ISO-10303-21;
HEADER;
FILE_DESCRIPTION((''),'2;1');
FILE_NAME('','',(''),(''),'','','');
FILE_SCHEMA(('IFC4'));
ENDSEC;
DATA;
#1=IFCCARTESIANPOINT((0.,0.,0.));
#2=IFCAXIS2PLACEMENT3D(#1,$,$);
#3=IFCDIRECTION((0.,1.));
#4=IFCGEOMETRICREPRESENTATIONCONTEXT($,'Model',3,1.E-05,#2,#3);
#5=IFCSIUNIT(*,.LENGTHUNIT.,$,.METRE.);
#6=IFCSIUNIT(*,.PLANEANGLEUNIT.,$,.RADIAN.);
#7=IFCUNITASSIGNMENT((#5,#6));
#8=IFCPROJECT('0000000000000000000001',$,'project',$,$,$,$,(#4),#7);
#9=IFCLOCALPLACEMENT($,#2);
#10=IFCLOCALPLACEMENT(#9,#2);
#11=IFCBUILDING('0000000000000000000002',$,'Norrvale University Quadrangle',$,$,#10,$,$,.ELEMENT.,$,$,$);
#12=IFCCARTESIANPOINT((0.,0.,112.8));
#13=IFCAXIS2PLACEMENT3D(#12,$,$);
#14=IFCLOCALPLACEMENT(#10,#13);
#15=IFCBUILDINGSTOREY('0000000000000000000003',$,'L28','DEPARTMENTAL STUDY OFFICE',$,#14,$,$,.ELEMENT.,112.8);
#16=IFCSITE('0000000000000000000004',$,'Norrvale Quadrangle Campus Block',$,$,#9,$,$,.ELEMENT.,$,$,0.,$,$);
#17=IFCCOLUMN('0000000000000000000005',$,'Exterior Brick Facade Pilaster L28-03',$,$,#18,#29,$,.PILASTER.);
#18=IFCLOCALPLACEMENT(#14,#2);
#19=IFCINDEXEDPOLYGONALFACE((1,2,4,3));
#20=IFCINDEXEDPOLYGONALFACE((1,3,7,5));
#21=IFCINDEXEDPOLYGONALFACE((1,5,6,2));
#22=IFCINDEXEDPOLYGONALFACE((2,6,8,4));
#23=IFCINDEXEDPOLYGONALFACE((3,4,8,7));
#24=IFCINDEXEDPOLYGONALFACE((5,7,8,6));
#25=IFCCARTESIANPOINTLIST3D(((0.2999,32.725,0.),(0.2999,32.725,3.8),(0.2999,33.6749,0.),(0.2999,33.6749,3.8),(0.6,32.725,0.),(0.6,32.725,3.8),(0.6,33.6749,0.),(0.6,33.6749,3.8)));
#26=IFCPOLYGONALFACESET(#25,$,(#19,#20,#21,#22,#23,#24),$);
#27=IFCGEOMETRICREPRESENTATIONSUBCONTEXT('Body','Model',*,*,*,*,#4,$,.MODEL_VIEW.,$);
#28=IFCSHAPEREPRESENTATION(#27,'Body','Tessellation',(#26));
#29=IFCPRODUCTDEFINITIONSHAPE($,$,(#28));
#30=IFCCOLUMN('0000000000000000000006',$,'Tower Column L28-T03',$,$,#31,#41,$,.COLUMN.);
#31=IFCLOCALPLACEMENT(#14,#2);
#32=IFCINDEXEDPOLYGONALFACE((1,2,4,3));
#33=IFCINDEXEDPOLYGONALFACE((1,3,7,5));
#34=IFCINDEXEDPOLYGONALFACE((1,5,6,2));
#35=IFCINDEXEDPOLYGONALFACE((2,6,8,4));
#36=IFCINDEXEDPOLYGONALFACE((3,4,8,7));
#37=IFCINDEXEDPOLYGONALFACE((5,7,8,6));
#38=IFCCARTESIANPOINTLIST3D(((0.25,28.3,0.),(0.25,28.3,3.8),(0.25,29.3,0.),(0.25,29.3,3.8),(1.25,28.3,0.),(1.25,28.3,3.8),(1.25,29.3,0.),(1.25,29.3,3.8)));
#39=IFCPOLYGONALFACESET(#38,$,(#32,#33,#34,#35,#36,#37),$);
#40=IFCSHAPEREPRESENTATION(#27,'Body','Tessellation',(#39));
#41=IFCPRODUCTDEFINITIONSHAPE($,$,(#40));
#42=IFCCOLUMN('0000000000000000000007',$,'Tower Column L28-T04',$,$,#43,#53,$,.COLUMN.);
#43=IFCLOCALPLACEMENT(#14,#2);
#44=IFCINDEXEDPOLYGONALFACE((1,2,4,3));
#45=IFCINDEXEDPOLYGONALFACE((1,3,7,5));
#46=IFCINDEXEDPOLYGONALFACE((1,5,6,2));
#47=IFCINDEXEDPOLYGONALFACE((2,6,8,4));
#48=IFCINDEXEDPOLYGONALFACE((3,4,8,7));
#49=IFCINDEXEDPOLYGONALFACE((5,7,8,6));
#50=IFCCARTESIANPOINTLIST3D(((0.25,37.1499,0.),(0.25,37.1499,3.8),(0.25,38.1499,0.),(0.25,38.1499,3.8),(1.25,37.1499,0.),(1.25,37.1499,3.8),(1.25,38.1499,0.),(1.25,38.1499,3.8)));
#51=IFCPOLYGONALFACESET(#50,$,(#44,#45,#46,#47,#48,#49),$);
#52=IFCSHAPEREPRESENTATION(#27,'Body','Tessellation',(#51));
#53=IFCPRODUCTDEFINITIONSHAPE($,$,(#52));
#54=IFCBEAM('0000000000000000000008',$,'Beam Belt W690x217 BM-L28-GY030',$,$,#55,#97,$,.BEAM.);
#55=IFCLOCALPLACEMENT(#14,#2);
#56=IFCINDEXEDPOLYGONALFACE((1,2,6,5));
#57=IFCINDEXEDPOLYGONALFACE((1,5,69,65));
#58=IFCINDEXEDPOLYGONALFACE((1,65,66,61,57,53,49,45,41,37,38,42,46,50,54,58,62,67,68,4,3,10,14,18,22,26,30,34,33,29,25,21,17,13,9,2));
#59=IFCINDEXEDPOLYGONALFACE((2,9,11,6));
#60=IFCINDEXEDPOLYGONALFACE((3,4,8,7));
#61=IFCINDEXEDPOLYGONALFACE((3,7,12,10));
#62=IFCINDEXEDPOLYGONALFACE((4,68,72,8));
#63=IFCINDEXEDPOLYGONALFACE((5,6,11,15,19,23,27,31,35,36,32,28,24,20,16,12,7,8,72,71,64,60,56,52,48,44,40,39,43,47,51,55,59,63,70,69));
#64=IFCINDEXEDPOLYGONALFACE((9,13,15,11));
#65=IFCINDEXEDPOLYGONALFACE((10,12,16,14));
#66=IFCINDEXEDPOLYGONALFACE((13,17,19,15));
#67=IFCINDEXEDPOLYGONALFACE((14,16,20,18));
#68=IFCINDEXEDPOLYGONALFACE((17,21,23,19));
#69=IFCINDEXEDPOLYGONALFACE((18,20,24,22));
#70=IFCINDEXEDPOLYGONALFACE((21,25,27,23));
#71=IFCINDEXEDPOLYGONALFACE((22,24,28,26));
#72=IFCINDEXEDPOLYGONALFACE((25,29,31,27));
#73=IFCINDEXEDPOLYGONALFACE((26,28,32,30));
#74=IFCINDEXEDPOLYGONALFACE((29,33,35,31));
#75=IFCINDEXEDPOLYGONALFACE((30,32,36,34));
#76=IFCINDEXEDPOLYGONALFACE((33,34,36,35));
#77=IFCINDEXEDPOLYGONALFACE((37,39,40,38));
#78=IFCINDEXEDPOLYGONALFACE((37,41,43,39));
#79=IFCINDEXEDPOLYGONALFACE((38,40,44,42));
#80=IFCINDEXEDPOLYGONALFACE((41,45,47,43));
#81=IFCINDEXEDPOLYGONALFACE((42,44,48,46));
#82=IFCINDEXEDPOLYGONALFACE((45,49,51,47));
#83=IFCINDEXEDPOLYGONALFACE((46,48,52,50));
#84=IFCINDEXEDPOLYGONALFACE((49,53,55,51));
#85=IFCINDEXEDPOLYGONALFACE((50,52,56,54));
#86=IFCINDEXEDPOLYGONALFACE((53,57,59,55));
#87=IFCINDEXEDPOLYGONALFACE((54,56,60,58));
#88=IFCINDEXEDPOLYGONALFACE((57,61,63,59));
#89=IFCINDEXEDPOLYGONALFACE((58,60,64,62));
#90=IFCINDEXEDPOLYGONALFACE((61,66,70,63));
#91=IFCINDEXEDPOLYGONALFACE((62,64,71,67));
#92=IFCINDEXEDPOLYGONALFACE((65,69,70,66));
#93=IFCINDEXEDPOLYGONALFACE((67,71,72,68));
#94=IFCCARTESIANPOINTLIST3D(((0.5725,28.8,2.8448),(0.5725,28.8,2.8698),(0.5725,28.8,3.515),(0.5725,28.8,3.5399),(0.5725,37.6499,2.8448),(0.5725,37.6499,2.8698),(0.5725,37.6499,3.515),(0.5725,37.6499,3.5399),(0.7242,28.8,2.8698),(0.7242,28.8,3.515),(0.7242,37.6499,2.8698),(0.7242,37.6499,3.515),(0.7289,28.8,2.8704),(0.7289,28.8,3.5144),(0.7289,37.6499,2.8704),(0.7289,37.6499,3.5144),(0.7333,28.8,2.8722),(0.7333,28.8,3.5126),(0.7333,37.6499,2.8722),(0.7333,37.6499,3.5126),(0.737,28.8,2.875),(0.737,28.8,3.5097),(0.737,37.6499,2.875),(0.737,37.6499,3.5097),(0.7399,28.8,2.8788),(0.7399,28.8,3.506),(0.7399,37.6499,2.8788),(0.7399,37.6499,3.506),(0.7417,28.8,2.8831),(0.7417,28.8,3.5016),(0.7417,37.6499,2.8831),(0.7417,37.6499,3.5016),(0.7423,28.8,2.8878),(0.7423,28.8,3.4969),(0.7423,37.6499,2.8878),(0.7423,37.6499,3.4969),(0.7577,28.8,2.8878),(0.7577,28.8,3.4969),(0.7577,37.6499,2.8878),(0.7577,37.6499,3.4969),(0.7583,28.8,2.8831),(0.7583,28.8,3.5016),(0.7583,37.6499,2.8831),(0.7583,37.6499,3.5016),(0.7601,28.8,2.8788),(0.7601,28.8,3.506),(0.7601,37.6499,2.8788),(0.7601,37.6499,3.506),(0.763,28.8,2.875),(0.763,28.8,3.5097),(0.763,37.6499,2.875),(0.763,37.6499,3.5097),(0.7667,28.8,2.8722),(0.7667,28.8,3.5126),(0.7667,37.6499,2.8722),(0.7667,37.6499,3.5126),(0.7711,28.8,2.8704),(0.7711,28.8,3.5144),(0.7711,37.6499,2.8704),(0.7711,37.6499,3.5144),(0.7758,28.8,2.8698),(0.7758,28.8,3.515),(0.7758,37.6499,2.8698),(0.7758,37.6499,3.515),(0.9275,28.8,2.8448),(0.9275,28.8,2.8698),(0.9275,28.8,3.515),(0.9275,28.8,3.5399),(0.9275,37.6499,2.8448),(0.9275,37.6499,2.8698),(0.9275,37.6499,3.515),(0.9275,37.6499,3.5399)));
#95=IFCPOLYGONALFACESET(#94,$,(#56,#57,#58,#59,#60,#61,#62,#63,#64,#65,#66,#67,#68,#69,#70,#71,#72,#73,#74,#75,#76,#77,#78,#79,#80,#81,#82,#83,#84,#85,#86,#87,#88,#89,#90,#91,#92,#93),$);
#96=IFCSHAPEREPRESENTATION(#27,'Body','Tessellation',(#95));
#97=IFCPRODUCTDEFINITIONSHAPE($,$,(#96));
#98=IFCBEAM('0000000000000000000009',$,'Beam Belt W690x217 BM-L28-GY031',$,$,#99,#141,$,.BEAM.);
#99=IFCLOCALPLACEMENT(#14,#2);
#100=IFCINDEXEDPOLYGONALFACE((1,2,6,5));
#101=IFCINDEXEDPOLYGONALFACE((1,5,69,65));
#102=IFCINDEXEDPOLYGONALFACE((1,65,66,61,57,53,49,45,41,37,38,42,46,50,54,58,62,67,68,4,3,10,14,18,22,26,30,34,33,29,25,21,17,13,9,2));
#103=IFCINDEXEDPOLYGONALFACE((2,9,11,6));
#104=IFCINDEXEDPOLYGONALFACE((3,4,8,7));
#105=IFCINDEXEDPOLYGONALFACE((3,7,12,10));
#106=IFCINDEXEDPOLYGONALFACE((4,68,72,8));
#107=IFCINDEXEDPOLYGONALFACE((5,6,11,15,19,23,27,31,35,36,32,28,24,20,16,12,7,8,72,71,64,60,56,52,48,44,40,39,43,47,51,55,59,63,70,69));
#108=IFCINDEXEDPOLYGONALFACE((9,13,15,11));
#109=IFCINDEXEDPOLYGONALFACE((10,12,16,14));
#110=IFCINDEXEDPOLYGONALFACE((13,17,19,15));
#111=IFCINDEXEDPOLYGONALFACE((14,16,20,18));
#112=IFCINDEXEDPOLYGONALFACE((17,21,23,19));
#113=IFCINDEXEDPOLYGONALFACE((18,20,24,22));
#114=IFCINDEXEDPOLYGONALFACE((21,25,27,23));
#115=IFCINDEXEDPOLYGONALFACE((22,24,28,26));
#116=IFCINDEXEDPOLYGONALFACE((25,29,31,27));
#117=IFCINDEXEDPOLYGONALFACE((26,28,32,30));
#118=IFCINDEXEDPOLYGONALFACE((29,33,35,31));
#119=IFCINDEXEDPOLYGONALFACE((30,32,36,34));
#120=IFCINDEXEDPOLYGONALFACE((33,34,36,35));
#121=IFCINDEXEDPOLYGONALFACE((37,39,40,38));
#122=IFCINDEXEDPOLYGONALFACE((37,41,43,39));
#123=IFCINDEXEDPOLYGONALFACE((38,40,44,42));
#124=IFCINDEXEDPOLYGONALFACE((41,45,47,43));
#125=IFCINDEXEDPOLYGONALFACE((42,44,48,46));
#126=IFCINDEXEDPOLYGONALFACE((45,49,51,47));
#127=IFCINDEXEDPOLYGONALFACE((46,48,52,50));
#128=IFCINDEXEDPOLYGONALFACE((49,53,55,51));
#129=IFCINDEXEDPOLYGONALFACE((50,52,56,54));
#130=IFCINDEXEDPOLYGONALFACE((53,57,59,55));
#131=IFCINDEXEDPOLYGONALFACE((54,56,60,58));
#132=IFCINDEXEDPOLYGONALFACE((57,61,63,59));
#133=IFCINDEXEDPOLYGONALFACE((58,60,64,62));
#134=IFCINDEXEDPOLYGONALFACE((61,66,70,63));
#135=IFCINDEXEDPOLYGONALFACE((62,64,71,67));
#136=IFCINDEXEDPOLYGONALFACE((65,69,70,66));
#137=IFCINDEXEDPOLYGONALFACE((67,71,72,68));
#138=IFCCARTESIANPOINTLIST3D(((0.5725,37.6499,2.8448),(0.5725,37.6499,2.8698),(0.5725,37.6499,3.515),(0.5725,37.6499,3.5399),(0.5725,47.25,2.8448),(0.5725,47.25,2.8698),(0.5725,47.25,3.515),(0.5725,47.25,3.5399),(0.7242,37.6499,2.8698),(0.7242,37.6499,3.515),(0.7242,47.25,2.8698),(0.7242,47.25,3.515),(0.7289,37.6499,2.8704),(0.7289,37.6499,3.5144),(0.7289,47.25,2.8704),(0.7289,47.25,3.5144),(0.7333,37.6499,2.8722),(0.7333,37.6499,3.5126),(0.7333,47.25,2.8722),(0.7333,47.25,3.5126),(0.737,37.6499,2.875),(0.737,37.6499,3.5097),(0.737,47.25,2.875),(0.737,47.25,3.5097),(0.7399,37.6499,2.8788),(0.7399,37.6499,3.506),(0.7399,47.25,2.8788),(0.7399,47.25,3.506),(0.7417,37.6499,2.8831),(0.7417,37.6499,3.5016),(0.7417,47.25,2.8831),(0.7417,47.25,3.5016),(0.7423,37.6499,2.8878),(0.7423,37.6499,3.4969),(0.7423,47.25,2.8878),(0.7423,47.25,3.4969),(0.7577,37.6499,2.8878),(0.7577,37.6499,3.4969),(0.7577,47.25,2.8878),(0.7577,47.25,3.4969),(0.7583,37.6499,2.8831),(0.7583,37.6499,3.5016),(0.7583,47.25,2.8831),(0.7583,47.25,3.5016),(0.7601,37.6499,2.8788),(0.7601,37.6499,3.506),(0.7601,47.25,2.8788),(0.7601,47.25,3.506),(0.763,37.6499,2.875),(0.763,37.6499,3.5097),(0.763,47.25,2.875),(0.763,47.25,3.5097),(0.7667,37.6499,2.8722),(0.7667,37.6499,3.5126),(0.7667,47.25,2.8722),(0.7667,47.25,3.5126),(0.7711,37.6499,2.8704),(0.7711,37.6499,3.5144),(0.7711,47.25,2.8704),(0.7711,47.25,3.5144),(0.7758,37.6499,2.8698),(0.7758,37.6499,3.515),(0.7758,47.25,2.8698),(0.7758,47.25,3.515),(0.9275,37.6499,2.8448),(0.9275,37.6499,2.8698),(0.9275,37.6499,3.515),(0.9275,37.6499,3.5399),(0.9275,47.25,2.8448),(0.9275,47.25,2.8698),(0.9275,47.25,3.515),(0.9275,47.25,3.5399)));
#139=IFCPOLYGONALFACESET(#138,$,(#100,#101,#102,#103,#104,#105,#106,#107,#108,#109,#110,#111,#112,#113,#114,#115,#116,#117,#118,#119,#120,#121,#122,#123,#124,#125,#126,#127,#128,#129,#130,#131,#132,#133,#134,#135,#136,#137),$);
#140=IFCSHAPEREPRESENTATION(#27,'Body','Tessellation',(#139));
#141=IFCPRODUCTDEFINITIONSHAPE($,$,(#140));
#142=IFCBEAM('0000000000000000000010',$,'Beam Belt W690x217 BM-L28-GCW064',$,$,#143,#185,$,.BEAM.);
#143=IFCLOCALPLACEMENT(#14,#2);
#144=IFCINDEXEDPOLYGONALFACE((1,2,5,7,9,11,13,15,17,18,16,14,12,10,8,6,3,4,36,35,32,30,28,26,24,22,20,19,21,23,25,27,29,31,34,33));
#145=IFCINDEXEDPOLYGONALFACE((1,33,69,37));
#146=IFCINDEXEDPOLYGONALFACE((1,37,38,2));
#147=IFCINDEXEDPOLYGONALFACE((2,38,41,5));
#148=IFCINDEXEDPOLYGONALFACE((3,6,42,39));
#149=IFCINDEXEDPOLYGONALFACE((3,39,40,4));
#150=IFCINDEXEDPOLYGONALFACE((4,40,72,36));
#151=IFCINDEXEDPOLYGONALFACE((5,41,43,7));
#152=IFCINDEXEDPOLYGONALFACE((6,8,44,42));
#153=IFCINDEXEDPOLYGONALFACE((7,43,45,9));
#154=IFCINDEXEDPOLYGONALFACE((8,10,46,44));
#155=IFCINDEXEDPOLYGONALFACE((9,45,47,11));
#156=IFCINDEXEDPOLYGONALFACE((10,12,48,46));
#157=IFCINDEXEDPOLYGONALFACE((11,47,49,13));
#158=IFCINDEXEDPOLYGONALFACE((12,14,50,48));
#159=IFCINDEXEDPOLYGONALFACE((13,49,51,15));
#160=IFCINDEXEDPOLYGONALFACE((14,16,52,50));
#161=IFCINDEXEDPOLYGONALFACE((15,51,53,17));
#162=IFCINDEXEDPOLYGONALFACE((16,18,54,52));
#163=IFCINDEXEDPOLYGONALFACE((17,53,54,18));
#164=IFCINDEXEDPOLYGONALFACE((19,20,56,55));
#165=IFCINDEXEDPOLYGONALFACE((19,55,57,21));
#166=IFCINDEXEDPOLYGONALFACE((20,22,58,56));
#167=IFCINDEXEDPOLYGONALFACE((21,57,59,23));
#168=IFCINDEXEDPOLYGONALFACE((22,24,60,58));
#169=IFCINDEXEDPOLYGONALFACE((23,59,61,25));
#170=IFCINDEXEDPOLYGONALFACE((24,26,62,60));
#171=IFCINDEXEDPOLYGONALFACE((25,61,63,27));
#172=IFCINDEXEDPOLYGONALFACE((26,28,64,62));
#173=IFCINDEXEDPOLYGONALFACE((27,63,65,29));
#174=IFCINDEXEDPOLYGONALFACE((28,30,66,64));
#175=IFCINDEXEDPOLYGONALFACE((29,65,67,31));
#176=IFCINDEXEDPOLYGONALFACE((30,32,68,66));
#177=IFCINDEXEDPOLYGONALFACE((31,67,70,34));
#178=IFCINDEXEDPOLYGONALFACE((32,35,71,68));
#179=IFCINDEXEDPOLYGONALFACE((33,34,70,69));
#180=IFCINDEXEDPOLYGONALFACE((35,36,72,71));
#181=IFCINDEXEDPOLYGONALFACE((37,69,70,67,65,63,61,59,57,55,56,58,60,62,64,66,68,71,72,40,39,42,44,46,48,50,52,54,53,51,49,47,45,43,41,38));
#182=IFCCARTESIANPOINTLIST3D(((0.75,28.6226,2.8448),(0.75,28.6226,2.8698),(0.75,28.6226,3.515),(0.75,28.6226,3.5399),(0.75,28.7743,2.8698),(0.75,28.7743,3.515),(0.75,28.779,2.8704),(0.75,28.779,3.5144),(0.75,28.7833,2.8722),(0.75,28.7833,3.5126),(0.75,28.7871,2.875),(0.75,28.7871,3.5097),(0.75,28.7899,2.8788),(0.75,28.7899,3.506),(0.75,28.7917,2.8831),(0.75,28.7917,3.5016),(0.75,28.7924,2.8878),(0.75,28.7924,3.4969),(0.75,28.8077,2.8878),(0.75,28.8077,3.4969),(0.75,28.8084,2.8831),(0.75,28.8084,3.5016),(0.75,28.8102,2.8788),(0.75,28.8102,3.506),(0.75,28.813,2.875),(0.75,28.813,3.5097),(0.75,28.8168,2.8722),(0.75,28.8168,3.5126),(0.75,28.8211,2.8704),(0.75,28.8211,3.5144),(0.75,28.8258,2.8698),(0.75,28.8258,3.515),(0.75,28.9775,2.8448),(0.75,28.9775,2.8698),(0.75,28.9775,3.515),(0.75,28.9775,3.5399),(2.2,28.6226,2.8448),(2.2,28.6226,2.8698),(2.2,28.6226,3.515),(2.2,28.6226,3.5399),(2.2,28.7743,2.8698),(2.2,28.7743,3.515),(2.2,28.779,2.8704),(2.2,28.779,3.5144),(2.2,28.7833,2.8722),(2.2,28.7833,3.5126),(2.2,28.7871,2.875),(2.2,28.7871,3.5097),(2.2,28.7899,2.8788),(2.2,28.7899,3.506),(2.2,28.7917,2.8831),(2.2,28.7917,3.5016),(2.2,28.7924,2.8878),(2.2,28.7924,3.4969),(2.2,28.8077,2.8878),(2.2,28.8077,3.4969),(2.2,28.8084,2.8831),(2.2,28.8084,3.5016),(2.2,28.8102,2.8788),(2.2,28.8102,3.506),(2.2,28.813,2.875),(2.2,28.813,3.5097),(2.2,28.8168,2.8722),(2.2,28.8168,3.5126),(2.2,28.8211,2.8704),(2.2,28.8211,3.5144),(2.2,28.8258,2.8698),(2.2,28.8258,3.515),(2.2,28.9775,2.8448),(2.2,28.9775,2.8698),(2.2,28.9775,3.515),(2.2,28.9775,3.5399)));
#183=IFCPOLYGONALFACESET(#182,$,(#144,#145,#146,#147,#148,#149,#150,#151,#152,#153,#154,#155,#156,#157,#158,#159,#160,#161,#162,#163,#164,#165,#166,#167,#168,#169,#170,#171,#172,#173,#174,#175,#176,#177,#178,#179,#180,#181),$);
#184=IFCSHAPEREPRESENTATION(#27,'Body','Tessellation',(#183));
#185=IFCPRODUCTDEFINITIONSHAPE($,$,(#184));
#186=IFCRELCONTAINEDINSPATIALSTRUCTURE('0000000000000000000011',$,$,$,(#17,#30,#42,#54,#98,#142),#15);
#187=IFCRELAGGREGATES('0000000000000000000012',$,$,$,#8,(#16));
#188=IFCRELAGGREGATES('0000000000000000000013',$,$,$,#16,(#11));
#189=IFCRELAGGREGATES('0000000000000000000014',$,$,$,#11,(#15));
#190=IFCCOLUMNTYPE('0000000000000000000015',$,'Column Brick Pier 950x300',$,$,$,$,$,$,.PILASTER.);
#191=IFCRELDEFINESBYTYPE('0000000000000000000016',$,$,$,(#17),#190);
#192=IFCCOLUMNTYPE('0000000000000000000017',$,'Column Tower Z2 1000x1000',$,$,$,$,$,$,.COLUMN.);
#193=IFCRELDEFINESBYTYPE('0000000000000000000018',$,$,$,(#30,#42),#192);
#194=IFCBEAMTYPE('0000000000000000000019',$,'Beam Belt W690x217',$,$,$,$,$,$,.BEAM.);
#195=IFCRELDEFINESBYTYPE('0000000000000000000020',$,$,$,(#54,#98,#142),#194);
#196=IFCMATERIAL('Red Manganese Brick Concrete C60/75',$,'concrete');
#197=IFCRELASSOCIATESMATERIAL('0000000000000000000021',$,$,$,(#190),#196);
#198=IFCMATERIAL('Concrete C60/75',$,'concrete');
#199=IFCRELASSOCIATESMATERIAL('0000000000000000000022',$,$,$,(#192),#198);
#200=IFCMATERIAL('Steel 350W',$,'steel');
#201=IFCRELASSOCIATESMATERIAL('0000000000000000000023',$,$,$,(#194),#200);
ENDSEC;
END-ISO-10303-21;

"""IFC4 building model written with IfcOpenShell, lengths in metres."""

from ifc_helpers import new_model, si_unit, direction, frame, origin, origin_2d, place, context, subcontext, project, spatial, rectangle, i_section, extrude, material, material_profile, profile_set, type_object, element, save


model = new_model("IFC4")

# Units and contexts
model_context = context("Model", 3, precision=1e-05, world=origin(), true_north=direction((0.0, 1.0)))
body_context = subcontext(model_context, "Body", "Model", "MODEL_VIEW")
ifc_project = project(units=[si_unit("LENGTHUNIT", "METRE"), si_unit("PLANEANGLEUNIT", "RADIAN")], contexts=[model_context])

# Site, building, storey
site_placement = place(None, origin())
site = spatial("IfcSite", under=ifc_project, at=site_placement, Name="Norrvale Quadrangle Campus Block", CompositionType="ELEMENT", RefElevation=0.0)
building_placement = place(site_placement, origin())
building = spatial("IfcBuilding", under=site, at=building_placement, Name="Norrvale University Quadrangle", CompositionType="ELEMENT")
storey_placement = place(building_placement, frame((0.0, 0.0, 112.8)))
storey = spatial("IfcBuildingStorey", under=building, at=storey_placement, Name="L28", Description="DEPARTMENTAL STUDY OFFICE", CompositionType="ELEMENT", Elevation=112.8)

# Columns
ifc_material_1 = material(Name="Red Manganese Brick Concrete C60/75", Category="concrete")
ifc_material_profile_1 = material_profile(ifc_material_1, rectangle(XDim=0.95, YDim=0.3, at=origin_2d()), Name="Red Manganese Brick Concrete C60/75")
ifc_profile_set_1 = profile_set([ifc_material_profile_1], Name="Red Manganese Brick Concrete C60/75")
column_type_1 = type_object("IfcColumnType", Name="Column Brick Pier 950x300", PredefinedType="PILASTER", material=ifc_profile_set_1)
column_placement = place(storey_placement, frame((0.45, 33.2, 0.0), z_axis=(0.0, 0.0, 1.0), x_axis=(0.0, 1.0, 0.0)))
element("IfcColumn", 1, at=column_placement, inside=storey, type_object=column_type_1, Name="Exterior Brick Facade Pilaster L28-03", PredefinedType="PILASTER", context=body_context, shape_type="SweptSolid", body=[
    extrude(rectangle(XDim=0.95, YDim=0.3, at=origin_2d()), origin(), (0.0, 0.0, 1.0), 3.8),
])
ifc_material_2 = material(Name="Concrete C60/75", Category="concrete")
ifc_material_profile_2 = material_profile(ifc_material_2, rectangle(XDim=1.0, YDim=1.0, at=origin_2d()), Name="Concrete C60/75")
ifc_profile_set_2 = profile_set([ifc_material_profile_2], Name="Concrete C60/75")
column_type_2 = type_object("IfcColumnType", Name="Column Tower Z2 1000x1000", PredefinedType="COLUMN", material=ifc_profile_set_2)
for number, where, z_axis, x_axis, name in (
    (2, (0.75, 28.8, 0.0), (0.0, 0.0, 1.0), (1.0, 0.0, 0.0), "Tower Column L28-T03"),
    (3, (0.75, 37.6499, 0.0), (0.0, 0.0, 1.0), (1.0, 0.0, 0.0), "Tower Column L28-T04"),
):
    element("IfcColumn", number, at=place(storey_placement, frame(where, z_axis=z_axis, x_axis=x_axis)), inside=storey, type_object=column_type_2, Name=name, PredefinedType="COLUMN", context=body_context, shape_type="SweptSolid", body=[
        extrude(rectangle(XDim=1.0, YDim=1.0, at=origin_2d()), origin(), (0.0, 0.0, 1.0), 3.8),
    ])

# Beams
ifc_material_3 = material(Name="Steel 350W", Category="steel")
ifc_material_profile_3 = material_profile(ifc_material_3, i_section(OverallWidth=0.355, OverallDepth=0.6951, WebThickness=0.0154, FlangeThickness=0.0249, FilletRadius=0.0181, at=origin_2d()), Name="Steel 350W")
ifc_profile_set_3 = profile_set([ifc_material_profile_3], Name="Steel 350W")
beam_type = type_object("IfcBeamType", Name="Beam Belt W690x217", PredefinedType="BEAM", material=ifc_profile_set_3)
beam_1_placement = place(storey_placement, frame((0.75, 28.8, 3.1924), z_axis=(0.0, 1.0, 0.0), x_axis=(-1.0, 0.0, 0.0)))
element("IfcBeam", 4, at=beam_1_placement, inside=storey, type_object=beam_type, Name="Beam Belt W690x217 BM-L28-GY030", PredefinedType="BEAM", context=body_context, shape_type="SweptSolid", body=[
    extrude(i_section(OverallWidth=0.355, OverallDepth=0.6951, WebThickness=0.0154, FlangeThickness=0.0249, FilletRadius=0.0181, at=origin_2d()), origin(), (0.0, 0.0, 1.0), 8.8499),
])
beam_2_placement = place(storey_placement, frame((0.75, 37.6499, 3.1924), z_axis=(0.0, 1.0, 0.0), x_axis=(-1.0, 0.0, 0.0)))
element("IfcBeam", 5, at=beam_2_placement, inside=storey, type_object=beam_type, Name="Beam Belt W690x217 BM-L28-GY031", PredefinedType="BEAM", context=body_context, shape_type="SweptSolid", body=[
    extrude(i_section(OverallWidth=0.355, OverallDepth=0.6951, WebThickness=0.0154, FlangeThickness=0.0249, FilletRadius=0.0181, at=origin_2d()), origin(), (0.0, 0.0, 1.0), 9.6001),
])
beam_3_placement = place(storey_placement, frame((0.75, 28.8, 3.1924), z_axis=(1.0, 0.0, 0.0), x_axis=(0.0, 1.0, 0.0)))
element("IfcBeam", 6, at=beam_3_placement, inside=storey, type_object=beam_type, Name="Beam Belt W690x217 BM-L28-GCW064", PredefinedType="BEAM", context=body_context, shape_type="SweptSolid", body=[
    extrude(i_section(OverallWidth=0.355, OverallDepth=0.6951, WebThickness=0.0154, FlangeThickness=0.0249, FilletRadius=0.0181, at=origin_2d()), origin(), (0.0, 0.0, 1.0), 1.45),
])

save(model, "model.ifc")
